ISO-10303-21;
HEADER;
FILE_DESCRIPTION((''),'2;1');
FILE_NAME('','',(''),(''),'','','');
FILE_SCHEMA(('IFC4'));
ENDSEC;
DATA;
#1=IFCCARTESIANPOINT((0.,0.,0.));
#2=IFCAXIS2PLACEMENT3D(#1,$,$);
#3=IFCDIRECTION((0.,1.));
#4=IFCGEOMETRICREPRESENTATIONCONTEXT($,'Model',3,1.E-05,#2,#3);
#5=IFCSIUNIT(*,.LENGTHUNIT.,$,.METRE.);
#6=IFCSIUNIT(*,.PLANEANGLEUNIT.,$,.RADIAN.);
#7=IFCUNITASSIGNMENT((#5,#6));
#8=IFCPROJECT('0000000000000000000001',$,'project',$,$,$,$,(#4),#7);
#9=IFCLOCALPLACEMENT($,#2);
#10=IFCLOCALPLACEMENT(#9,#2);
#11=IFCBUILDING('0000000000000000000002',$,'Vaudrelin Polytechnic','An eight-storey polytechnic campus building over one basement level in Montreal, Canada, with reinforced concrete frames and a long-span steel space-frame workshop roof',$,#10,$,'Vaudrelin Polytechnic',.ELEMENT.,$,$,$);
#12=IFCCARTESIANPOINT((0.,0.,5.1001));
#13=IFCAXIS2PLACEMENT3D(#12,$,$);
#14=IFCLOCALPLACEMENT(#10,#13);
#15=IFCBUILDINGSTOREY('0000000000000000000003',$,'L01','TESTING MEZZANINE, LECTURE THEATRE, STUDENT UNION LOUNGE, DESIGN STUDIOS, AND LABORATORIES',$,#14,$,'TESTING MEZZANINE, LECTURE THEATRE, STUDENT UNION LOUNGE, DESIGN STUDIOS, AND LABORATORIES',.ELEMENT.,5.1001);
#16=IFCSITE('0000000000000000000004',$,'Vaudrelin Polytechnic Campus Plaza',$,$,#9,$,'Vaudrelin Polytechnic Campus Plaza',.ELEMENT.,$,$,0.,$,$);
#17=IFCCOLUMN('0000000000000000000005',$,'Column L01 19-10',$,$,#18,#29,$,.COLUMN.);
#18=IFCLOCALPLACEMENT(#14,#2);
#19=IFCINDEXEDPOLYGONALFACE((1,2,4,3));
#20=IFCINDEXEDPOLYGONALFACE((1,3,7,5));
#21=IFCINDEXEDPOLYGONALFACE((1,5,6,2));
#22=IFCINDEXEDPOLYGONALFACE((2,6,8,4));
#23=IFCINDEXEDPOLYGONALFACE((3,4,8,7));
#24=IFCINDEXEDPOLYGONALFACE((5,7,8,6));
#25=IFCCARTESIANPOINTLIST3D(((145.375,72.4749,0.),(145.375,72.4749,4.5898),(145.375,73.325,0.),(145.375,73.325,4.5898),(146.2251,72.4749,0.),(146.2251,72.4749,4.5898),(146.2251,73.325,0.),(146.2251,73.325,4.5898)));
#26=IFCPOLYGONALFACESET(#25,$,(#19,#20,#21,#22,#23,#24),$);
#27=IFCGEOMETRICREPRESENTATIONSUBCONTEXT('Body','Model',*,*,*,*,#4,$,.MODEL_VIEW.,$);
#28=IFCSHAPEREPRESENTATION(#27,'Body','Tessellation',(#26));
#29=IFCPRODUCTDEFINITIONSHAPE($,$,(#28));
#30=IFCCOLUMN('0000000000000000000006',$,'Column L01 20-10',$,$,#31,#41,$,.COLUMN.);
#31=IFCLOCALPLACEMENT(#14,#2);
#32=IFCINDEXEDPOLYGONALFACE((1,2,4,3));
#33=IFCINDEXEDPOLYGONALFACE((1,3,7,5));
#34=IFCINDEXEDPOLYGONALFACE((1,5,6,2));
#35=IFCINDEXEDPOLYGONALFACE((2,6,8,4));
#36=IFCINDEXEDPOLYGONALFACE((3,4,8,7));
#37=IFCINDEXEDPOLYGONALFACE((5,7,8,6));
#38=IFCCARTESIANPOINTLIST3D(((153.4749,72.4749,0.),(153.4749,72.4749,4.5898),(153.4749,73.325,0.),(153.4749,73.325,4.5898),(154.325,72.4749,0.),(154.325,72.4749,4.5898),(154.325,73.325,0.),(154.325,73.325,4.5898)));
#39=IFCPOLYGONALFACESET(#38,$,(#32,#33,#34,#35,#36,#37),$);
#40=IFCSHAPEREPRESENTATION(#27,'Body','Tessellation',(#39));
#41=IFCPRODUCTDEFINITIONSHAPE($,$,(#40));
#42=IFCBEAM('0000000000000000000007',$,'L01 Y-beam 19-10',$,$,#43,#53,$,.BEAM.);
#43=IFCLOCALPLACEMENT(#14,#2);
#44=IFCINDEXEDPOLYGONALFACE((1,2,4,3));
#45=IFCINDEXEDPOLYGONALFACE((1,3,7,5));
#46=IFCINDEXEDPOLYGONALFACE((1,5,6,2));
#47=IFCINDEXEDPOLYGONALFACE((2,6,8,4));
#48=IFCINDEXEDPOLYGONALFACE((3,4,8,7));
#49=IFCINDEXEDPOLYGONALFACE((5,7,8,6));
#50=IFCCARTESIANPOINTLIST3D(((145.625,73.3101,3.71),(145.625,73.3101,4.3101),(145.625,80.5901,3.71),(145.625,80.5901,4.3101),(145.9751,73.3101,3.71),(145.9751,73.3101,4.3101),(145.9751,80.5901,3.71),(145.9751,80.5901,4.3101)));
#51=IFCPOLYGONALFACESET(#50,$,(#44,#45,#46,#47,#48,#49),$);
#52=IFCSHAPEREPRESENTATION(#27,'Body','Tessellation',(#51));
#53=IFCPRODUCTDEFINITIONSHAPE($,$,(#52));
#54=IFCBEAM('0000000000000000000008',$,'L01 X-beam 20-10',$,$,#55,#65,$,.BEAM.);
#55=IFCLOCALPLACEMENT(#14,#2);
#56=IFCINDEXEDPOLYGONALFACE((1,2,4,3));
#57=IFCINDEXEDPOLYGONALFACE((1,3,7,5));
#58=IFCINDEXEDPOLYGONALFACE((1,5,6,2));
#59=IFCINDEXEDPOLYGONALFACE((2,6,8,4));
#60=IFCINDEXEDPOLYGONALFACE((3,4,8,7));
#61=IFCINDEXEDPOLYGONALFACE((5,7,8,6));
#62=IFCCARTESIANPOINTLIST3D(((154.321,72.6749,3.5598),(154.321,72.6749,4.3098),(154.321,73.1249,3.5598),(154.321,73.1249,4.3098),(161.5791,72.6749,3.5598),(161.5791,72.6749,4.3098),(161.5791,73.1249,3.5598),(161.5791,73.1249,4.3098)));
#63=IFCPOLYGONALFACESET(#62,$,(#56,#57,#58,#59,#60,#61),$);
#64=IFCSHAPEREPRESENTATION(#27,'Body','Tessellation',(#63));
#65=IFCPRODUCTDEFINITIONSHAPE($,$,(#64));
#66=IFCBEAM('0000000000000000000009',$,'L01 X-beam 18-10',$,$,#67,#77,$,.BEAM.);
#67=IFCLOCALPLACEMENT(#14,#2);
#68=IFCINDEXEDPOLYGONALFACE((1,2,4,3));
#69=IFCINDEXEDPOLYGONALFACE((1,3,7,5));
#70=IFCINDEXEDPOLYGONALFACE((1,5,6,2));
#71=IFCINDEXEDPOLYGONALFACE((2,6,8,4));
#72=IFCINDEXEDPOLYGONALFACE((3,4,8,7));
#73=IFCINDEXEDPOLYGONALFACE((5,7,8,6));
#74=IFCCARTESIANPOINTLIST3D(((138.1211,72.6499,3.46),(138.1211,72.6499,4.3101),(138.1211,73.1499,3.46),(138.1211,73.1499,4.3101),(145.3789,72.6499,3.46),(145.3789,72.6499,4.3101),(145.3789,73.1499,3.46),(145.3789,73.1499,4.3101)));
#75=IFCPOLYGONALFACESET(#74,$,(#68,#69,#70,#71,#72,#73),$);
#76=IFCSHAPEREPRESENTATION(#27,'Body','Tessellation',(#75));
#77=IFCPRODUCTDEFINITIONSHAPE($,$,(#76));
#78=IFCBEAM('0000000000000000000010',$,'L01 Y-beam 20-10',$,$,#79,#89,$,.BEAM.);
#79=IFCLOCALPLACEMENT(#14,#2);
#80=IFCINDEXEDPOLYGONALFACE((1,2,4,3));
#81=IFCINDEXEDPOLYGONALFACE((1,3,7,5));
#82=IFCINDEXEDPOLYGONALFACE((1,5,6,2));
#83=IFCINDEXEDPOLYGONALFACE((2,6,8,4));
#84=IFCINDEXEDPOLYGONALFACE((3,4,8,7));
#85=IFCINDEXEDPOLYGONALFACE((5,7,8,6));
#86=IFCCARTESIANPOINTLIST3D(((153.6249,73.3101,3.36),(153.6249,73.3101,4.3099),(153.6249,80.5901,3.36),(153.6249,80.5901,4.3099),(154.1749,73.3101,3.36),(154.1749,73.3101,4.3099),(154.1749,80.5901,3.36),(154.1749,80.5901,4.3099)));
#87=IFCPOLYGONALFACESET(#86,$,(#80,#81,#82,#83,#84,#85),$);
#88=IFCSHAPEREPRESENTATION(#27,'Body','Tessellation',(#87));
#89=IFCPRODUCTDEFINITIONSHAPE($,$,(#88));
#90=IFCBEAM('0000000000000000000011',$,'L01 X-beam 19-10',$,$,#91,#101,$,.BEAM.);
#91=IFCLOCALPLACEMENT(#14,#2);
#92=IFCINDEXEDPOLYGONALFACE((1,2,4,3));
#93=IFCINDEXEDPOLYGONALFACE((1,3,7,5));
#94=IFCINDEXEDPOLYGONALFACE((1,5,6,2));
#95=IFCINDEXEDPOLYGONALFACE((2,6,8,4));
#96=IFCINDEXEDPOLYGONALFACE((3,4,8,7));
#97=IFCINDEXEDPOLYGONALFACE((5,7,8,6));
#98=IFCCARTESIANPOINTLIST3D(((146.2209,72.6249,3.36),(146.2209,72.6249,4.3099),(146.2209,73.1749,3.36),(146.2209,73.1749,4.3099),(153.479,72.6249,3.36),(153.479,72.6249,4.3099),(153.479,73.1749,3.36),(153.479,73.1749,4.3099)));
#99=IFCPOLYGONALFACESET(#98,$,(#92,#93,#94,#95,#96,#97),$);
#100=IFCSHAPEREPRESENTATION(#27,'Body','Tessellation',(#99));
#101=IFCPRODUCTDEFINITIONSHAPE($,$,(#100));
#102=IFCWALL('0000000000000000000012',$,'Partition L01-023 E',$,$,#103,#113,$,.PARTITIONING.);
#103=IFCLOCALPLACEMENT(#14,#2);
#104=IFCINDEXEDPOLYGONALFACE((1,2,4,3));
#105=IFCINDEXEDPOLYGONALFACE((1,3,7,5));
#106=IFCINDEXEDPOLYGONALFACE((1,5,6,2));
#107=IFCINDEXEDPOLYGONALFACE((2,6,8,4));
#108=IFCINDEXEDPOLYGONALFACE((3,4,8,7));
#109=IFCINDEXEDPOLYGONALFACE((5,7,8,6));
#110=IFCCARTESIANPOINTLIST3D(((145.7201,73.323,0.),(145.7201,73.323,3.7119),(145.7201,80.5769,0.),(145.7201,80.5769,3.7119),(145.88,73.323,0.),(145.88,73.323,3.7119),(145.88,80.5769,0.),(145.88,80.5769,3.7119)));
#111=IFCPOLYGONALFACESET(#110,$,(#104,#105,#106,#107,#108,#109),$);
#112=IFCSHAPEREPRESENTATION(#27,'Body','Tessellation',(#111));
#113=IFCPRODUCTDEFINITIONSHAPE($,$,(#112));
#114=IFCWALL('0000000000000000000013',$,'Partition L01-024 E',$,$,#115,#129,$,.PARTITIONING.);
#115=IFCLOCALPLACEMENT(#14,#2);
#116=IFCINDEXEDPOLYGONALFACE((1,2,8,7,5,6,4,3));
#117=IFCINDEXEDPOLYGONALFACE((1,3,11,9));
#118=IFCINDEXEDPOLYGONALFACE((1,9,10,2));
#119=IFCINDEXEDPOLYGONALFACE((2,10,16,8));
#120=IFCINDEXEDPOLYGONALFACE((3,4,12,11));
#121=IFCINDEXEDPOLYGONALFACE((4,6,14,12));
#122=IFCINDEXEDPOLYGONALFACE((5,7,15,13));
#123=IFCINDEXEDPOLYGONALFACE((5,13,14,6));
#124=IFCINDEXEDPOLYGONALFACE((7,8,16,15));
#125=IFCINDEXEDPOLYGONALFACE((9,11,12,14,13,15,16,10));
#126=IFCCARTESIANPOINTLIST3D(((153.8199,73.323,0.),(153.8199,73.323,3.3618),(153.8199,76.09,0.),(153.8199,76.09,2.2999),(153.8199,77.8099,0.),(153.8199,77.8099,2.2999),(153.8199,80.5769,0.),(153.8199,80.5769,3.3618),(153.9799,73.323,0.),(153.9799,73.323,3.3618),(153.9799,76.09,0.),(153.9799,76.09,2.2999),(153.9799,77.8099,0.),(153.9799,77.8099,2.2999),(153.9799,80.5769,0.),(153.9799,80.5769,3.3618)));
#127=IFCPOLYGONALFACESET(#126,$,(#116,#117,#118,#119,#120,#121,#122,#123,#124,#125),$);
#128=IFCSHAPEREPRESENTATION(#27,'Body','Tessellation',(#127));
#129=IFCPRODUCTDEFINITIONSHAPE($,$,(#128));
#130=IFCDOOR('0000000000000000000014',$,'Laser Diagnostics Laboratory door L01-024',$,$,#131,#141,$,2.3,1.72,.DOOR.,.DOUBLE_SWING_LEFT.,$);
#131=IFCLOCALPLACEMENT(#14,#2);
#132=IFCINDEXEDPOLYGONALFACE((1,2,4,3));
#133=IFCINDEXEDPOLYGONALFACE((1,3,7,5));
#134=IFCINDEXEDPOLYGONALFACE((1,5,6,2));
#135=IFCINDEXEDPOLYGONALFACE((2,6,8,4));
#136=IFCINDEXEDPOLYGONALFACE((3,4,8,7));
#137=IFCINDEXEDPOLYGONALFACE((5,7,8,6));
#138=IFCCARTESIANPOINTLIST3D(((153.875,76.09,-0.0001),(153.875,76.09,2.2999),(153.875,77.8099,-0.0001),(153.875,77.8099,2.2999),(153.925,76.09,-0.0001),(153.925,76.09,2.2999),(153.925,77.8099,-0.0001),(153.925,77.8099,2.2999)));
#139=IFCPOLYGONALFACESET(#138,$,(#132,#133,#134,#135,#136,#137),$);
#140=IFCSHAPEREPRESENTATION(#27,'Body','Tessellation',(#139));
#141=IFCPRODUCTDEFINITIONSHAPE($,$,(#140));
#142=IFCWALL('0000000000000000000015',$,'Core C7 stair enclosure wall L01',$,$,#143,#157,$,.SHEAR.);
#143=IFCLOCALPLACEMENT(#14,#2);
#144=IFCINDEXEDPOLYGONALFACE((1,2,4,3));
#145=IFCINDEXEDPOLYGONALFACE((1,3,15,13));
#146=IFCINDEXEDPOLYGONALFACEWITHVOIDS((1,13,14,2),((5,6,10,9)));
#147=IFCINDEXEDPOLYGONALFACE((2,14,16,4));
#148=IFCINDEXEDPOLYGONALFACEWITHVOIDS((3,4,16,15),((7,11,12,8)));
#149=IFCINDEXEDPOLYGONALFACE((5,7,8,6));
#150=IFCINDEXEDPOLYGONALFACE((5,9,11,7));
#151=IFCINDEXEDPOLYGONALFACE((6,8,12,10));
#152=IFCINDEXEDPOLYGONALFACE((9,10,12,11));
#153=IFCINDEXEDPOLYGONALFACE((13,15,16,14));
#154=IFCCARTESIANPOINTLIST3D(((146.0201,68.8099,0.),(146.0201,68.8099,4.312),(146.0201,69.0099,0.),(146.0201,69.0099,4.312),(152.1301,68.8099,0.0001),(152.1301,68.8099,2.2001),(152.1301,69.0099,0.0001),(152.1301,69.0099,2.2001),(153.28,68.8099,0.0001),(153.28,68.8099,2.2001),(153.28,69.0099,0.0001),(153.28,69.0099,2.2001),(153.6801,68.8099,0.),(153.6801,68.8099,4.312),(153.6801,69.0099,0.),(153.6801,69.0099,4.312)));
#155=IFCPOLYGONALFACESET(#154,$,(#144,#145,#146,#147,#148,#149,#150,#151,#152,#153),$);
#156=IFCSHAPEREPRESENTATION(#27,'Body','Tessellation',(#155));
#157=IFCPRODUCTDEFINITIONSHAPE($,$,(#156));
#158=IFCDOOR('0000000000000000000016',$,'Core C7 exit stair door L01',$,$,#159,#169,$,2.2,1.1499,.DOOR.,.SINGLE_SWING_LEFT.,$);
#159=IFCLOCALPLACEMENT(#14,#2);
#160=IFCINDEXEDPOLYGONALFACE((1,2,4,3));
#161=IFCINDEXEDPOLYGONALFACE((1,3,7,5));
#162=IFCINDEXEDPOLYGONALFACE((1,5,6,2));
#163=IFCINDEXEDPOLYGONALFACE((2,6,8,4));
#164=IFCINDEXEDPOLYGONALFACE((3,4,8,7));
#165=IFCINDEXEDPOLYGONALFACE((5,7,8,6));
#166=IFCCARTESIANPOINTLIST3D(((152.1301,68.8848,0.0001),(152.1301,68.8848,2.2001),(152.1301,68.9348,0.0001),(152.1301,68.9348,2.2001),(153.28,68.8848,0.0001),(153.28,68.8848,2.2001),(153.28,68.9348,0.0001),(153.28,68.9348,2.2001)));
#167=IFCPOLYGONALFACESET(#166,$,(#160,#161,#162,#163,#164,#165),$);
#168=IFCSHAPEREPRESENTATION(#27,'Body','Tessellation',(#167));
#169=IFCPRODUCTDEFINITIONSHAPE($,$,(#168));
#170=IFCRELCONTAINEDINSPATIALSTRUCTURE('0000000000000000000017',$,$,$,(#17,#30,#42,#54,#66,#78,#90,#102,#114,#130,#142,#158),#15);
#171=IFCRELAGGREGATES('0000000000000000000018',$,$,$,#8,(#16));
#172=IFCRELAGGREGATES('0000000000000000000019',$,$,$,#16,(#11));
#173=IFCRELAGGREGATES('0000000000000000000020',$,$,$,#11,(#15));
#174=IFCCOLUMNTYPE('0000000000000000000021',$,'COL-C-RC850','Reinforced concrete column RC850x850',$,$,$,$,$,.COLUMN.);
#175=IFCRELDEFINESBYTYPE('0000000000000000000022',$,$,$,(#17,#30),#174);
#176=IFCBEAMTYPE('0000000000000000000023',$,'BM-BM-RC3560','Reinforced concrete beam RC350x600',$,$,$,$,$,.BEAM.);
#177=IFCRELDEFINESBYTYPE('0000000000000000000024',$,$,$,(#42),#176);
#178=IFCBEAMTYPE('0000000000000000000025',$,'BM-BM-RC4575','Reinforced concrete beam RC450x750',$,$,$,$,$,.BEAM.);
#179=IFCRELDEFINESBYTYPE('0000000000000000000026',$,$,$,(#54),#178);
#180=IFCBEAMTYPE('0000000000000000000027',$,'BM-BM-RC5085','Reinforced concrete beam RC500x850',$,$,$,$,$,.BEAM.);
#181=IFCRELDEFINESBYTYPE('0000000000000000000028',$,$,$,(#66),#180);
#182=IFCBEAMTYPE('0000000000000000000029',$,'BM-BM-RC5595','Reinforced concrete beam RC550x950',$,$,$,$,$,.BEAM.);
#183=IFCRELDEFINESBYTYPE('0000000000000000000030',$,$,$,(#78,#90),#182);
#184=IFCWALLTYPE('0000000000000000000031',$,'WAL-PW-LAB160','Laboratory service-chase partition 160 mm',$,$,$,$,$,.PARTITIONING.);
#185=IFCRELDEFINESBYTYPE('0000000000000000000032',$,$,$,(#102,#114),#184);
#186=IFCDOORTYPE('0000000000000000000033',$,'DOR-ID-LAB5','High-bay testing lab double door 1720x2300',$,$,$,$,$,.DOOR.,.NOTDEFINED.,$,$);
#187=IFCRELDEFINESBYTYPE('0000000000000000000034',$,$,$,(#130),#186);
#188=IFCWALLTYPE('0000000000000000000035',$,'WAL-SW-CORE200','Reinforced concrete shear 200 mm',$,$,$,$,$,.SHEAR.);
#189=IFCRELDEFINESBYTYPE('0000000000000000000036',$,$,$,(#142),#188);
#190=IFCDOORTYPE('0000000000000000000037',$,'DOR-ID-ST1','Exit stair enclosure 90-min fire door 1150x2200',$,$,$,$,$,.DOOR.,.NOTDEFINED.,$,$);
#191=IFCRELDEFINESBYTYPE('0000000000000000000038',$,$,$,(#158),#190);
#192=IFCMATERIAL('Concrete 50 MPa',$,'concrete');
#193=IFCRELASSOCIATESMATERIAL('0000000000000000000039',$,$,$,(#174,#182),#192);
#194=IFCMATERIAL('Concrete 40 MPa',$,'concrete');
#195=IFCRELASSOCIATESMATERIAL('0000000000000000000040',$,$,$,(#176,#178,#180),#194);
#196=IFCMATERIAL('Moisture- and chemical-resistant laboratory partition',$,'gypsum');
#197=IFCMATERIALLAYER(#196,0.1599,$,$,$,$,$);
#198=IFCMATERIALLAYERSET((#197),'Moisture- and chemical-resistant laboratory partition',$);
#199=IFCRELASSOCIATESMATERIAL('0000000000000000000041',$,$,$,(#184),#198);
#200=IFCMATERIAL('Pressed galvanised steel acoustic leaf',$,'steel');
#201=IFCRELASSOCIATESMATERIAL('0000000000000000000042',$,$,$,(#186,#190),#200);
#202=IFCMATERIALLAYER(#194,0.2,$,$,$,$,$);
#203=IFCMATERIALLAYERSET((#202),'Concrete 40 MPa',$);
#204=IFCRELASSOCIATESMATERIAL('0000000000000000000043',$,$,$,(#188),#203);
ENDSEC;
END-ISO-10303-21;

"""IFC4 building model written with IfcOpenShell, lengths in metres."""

from ifc_helpers import new_model, si_unit, direction, frame, frame_2d, origin, origin_2d, place, context, subcontext, project, spatial, rectangle, extrude, material, layer, layer_set, material_profile, profile_set, type_object, element, fill, save


model = new_model("IFC4")

# Units and contexts
model_context = context("Model", 3, precision=1e-05, world=origin(), true_north=direction((0.0, 1.0)))
body_context = subcontext(model_context, "Body", "Model", "MODEL_VIEW")
ifc_project = project(units=[si_unit("LENGTHUNIT", "METRE"), si_unit("PLANEANGLEUNIT", "RADIAN")], contexts=[model_context])

# Site, building, storey
site_placement = place(None, origin())
site = spatial("IfcSite", under=ifc_project, at=site_placement, Name="Vaudrelin Polytechnic Campus Plaza", LongName="Vaudrelin Polytechnic Campus Plaza", CompositionType="ELEMENT", RefElevation=0.0)
building_placement = place(site_placement, origin())
building = spatial("IfcBuilding", under=site, at=building_placement, Name="Vaudrelin Polytechnic", Description="An eight-storey polytechnic campus building over one basement level in Montreal, Canada, with reinforced concrete frames and a long-span steel space-frame workshop roof", LongName="Vaudrelin Polytechnic", CompositionType="ELEMENT")
storey_placement = place(building_placement, frame((0.0, 0.0, 5.1001)))
storey = spatial("IfcBuildingStorey", under=building, at=storey_placement, Name="L01", Description="TESTING MEZZANINE, LECTURE THEATRE, STUDENT UNION LOUNGE, DESIGN STUDIOS, AND LABORATORIES", LongName="TESTING MEZZANINE, LECTURE THEATRE, STUDENT UNION LOUNGE, DESIGN STUDIOS, AND LABORATORIES", CompositionType="ELEMENT", Elevation=5.1001)

# Columns
ifc_material_1 = material(Name="Concrete 50 MPa", Category="concrete")
ifc_material_profile_1 = material_profile(ifc_material_1, rectangle(XDim=0.8501, YDim=0.8501, at=origin_2d()), Name="RC850x850")
ifc_profile_set_1 = profile_set([ifc_material_profile_1], Name="Concrete 50 MPa")
column_type = type_object("IfcColumnType", Name="COL-C-RC850", Description="Reinforced concrete column RC850x850", PredefinedType="COLUMN", material=ifc_profile_set_1)
for number, where, z_axis, x_axis, name in (
    (1, (145.8, 72.8999, 0.0), (0.0, 0.0, 1.0), (1.0, 0.0, 0.0), "Column L01 19-10"),
    (2, (153.8999, 72.8999, 0.0), (0.0, 0.0, 1.0), (1.0, 0.0, 0.0), "Column L01 20-10"),
):
    element("IfcColumn", number, at=place(storey_placement, frame(where, z_axis=z_axis, x_axis=x_axis)), inside=storey, type_object=column_type, Name=name, PredefinedType="COLUMN", context=body_context, shape_type="SweptSolid", body=[
        extrude(rectangle(XDim=0.8501, YDim=0.8501, at=origin_2d()), origin(), (0.0, 0.0, 1.0), 4.5898),
    ])

# Beams
ifc_material_2 = material(Name="Concrete 40 MPa", Category="concrete")
ifc_material_profile_2 = material_profile(ifc_material_2, rectangle(XDim=0.3501, YDim=0.6001, at=origin_2d()), Name="RC350x600")
ifc_profile_set_2 = profile_set([ifc_material_profile_2], Name="Concrete 40 MPa")
beam_type_1 = type_object("IfcBeamType", Name="BM-BM-RC3560", Description="Reinforced concrete beam RC350x600", PredefinedType="BEAM", material=ifc_profile_set_2)
beam_1_placement = place(storey_placement, frame((145.8, 73.3101, 4.01), z_axis=(0.0, 1.0, 0.0), x_axis=(-1.0, 0.0, 0.0)))
element("IfcBeam", 3, at=beam_1_placement, inside=storey, type_object=beam_type_1, Name="L01 Y-beam 19-10", PredefinedType="BEAM", context=body_context, shape_type="SweptSolid", body=[
    extrude(rectangle(XDim=0.3501, YDim=0.6001, at=origin_2d()), origin(), (0.0, 0.0, 1.0), 7.28),
])
ifc_material_profile_3 = material_profile(ifc_material_2, rectangle(XDim=0.45, YDim=0.75, at=origin_2d()), Name="RC450x750")
ifc_profile_set_3 = profile_set([ifc_material_profile_3], Name="Concrete 40 MPa")
beam_type_2 = type_object("IfcBeamType", Name="BM-BM-RC4575", Description="Reinforced concrete beam RC450x750", PredefinedType="BEAM", material=ifc_profile_set_3)
beam_2_placement = place(storey_placement, frame((154.321, 72.8999, 3.9348), z_axis=(1.0, 0.0, 0.0), x_axis=(0.0, 1.0, 0.0)))
element("IfcBeam", 4, at=beam_2_placement, inside=storey, type_object=beam_type_2, Name="L01 X-beam 20-10", PredefinedType="BEAM", context=body_context, shape_type="SweptSolid", body=[
    extrude(rectangle(XDim=0.45, YDim=0.75, at=origin_2d()), origin(), (0.0, 0.0, 1.0), 7.2581),
])
ifc_material_profile_4 = material_profile(ifc_material_2, rectangle(XDim=0.5, YDim=0.8501, at=origin_2d()), Name="RC500x850")
ifc_profile_set_4 = profile_set([ifc_material_profile_4], Name="Concrete 40 MPa")
beam_type_3 = type_object("IfcBeamType", Name="BM-BM-RC5085", Description="Reinforced concrete beam RC500x850", PredefinedType="BEAM", material=ifc_profile_set_4)
beam_3_placement = place(storey_placement, frame((138.1211, 72.8999, 3.885), z_axis=(1.0, 0.0, 0.0), x_axis=(0.0, 1.0, 0.0)))
element("IfcBeam", 5, at=beam_3_placement, inside=storey, type_object=beam_type_3, Name="L01 X-beam 18-10", PredefinedType="BEAM", context=body_context, shape_type="SweptSolid", body=[
    extrude(rectangle(XDim=0.5, YDim=0.8501, at=origin_2d()), origin(), (0.0, 0.0, 1.0), 7.2578),
])
ifc_material_profile_5 = material_profile(ifc_material_1, rectangle(XDim=0.55, YDim=0.95, at=origin_2d()), Name="RC550x950")
ifc_profile_set_5 = profile_set([ifc_material_profile_5], Name="Concrete 50 MPa")
beam_type_4 = type_object("IfcBeamType", Name="BM-BM-RC5595", Description="Reinforced concrete beam RC550x950", PredefinedType="BEAM", material=ifc_profile_set_5)
beam_4_placement = place(storey_placement, frame((153.8999, 73.3101, 3.835), z_axis=(0.0, 1.0, 0.0), x_axis=(-1.0, 0.0, 0.0)))
element("IfcBeam", 6, at=beam_4_placement, inside=storey, type_object=beam_type_4, Name="L01 Y-beam 20-10", PredefinedType="BEAM", context=body_context, shape_type="SweptSolid", body=[
    extrude(rectangle(XDim=0.55, YDim=0.95, at=origin_2d()), origin(), (0.0, 0.0, 1.0), 7.28),
])
beam_5_placement = place(storey_placement, frame((146.2209, 72.8999, 3.835), z_axis=(1.0, 0.0, 0.0), x_axis=(0.0, 1.0, 0.0)))
element("IfcBeam", 7, at=beam_5_placement, inside=storey, type_object=beam_type_4, Name="L01 X-beam 19-10", PredefinedType="BEAM", context=body_context, shape_type="SweptSolid", body=[
    extrude(rectangle(XDim=0.55, YDim=0.95, at=origin_2d()), origin(), (0.0, 0.0, 1.0), 7.2581),
])

# Wall
ifc_material_3 = material(Name="Moisture- and chemical-resistant laboratory partition", Category="gypsum")
ifc_layer_1 = layer(ifc_material_3, 0.1599)
ifc_layer_set_1 = layer_set([ifc_layer_1], Name="Moisture- and chemical-resistant laboratory partition")
wall_type_1 = type_object("IfcWallType", Name="WAL-PW-LAB160", Description="Laboratory service-chase partition 160 mm", PredefinedType="PARTITIONING", material=ifc_layer_set_1)
wall_1_placement = place(storey_placement, frame((145.8, 73.323, 0.0), z_axis=(0.0, 0.0, 1.0), x_axis=(0.0, 1.0, 0.0)))
element("IfcWall", 8, at=wall_1_placement, inside=storey, type_object=wall_type_1, Name="Partition L01-023 E", PredefinedType="PARTITIONING", context=body_context, shape_type="SweptSolid", body=[
    extrude(rectangle(XDim=7.2539, YDim=0.1599, at=frame_2d((3.627, 0.0))), origin(), (0.0, 0.0, 1.0), 3.7119),
])

# Walls, openings, doors
wall_2_placement = place(storey_placement, frame((153.8999, 73.323, 0.0), z_axis=(0.0, 0.0, 1.0), x_axis=(0.0, 1.0, 0.0)))
wall_2 = element("IfcWall", 9, at=wall_2_placement, inside=storey, type_object=wall_type_1, Name="Partition L01-024 E", PredefinedType="PARTITIONING", context=body_context, shape_type="SweptSolid", body=[
    extrude(rectangle(XDim=7.2539, YDim=0.1599, at=frame_2d((3.627, 0.0))), origin(), (0.0, 0.0, 1.0), 3.3618),
])
opening_1_placement = place(wall_2_placement, frame((2.7671, 0.0, 0.0)))
opening_1 = element("IfcOpeningElement", 10, at=opening_1_placement, cuts=wall_2, PredefinedType="OPENING", context=body_context, shape_type="SweptSolid", body=[
    extrude(rectangle(XDim=1.72, YDim=2.3, at=frame_2d((0.8599, 1.1499))), frame((0.0, 0.0898, 0.0), z_axis=(0.0, -1.0, 0.0), x_axis=(1.0, 0.0, 0.0)), (0.0, 0.0, 1.0), 0.1799),
])
ifc_material_4 = material(Name="Pressed galvanised steel acoustic leaf", Category="steel")
door_type_1 = type_object("IfcDoorType", Name="DOR-ID-LAB5", Description="High-bay testing lab double door 1720x2300", OperationType="NOTDEFINED", PredefinedType="DOOR", material=ifc_material_4)
door_1_placement = place(opening_1_placement, origin())
door_1 = element("IfcDoor", 11, at=door_1_placement, inside=storey, type_object=door_type_1, Name="Laser Diagnostics Laboratory door L01-024", OperationType="DOUBLE_SWING_LEFT", OverallHeight=2.3, OverallWidth=1.72, PredefinedType="DOOR", context=body_context, shape_type="SweptSolid", body=[
    extrude(rectangle(XDim=1.72, YDim=2.3, at=frame_2d((0.8599, 1.1499))), frame((0.0, 0.0249, 0.0), z_axis=(0.0, -1.0, 0.0), x_axis=(1.0, 0.0, 0.0)), (0.0, 0.0, 1.0), 0.05),
])
fill(opening_1, door_1)
ifc_layer_2 = layer(ifc_material_2, 0.2)
ifc_layer_set_2 = layer_set([ifc_layer_2], Name="Concrete 40 MPa")
wall_type_2 = type_object("IfcWallType", Name="WAL-SW-CORE200", Description="Reinforced concrete shear 200 mm", PredefinedType="SHEAR", material=ifc_layer_set_2)
wall_3_placement = place(storey_placement, frame((146.02, 68.9099, 0.0), z_axis=(0.0, 0.0, 1.0), x_axis=(1.0, 0.0, 0.0)))
wall_3 = element("IfcWall", 12, at=wall_3_placement, inside=storey, type_object=wall_type_2, Name="Core C7 stair enclosure wall L01", PredefinedType="SHEAR", context=body_context, shape_type="SweptSolid", body=[
    extrude(rectangle(XDim=7.6599, YDim=0.2, at=frame_2d((3.8301, 0.0))), origin(), (0.0, 0.0, 1.0), 4.312),
])
opening_2_placement = place(wall_3_placement, frame((6.1101, 0.0, 0.0)))
opening_2 = element("IfcOpeningElement", 13, at=opening_2_placement, cuts=wall_3, PredefinedType="OPENING", context=body_context, shape_type="SweptSolid", body=[
    extrude(rectangle(XDim=1.1499, YDim=2.2, at=frame_2d((0.575, 1.1001))), frame((0.0, 0.1099, 0.0), z_axis=(0.0, -1.0, 0.0), x_axis=(1.0, 0.0, 0.0)), (0.0, 0.0, 1.0), 0.22),
])
door_type_2 = type_object("IfcDoorType", Name="DOR-ID-ST1", Description="Exit stair enclosure 90-min fire door 1150x2200", OperationType="NOTDEFINED", PredefinedType="DOOR", material=ifc_material_4)
door_2_placement = place(opening_2_placement, origin())
door_2 = element("IfcDoor", 14, at=door_2_placement, inside=storey, type_object=door_type_2, Name="Core C7 exit stair door L01", OperationType="SINGLE_SWING_LEFT", OverallHeight=2.2, OverallWidth=1.1499, PredefinedType="DOOR", context=body_context, shape_type="SweptSolid", body=[
    extrude(rectangle(XDim=1.1499, YDim=2.2, at=frame_2d((0.575, 1.1001))), frame((0.0, 0.0249, 0.0), z_axis=(0.0, -1.0, 0.0), x_axis=(1.0, 0.0, 0.0)), (0.0, 0.0, 1.0), 0.05),
])
fill(opening_2, door_2)

save(model, "model.ifc")
